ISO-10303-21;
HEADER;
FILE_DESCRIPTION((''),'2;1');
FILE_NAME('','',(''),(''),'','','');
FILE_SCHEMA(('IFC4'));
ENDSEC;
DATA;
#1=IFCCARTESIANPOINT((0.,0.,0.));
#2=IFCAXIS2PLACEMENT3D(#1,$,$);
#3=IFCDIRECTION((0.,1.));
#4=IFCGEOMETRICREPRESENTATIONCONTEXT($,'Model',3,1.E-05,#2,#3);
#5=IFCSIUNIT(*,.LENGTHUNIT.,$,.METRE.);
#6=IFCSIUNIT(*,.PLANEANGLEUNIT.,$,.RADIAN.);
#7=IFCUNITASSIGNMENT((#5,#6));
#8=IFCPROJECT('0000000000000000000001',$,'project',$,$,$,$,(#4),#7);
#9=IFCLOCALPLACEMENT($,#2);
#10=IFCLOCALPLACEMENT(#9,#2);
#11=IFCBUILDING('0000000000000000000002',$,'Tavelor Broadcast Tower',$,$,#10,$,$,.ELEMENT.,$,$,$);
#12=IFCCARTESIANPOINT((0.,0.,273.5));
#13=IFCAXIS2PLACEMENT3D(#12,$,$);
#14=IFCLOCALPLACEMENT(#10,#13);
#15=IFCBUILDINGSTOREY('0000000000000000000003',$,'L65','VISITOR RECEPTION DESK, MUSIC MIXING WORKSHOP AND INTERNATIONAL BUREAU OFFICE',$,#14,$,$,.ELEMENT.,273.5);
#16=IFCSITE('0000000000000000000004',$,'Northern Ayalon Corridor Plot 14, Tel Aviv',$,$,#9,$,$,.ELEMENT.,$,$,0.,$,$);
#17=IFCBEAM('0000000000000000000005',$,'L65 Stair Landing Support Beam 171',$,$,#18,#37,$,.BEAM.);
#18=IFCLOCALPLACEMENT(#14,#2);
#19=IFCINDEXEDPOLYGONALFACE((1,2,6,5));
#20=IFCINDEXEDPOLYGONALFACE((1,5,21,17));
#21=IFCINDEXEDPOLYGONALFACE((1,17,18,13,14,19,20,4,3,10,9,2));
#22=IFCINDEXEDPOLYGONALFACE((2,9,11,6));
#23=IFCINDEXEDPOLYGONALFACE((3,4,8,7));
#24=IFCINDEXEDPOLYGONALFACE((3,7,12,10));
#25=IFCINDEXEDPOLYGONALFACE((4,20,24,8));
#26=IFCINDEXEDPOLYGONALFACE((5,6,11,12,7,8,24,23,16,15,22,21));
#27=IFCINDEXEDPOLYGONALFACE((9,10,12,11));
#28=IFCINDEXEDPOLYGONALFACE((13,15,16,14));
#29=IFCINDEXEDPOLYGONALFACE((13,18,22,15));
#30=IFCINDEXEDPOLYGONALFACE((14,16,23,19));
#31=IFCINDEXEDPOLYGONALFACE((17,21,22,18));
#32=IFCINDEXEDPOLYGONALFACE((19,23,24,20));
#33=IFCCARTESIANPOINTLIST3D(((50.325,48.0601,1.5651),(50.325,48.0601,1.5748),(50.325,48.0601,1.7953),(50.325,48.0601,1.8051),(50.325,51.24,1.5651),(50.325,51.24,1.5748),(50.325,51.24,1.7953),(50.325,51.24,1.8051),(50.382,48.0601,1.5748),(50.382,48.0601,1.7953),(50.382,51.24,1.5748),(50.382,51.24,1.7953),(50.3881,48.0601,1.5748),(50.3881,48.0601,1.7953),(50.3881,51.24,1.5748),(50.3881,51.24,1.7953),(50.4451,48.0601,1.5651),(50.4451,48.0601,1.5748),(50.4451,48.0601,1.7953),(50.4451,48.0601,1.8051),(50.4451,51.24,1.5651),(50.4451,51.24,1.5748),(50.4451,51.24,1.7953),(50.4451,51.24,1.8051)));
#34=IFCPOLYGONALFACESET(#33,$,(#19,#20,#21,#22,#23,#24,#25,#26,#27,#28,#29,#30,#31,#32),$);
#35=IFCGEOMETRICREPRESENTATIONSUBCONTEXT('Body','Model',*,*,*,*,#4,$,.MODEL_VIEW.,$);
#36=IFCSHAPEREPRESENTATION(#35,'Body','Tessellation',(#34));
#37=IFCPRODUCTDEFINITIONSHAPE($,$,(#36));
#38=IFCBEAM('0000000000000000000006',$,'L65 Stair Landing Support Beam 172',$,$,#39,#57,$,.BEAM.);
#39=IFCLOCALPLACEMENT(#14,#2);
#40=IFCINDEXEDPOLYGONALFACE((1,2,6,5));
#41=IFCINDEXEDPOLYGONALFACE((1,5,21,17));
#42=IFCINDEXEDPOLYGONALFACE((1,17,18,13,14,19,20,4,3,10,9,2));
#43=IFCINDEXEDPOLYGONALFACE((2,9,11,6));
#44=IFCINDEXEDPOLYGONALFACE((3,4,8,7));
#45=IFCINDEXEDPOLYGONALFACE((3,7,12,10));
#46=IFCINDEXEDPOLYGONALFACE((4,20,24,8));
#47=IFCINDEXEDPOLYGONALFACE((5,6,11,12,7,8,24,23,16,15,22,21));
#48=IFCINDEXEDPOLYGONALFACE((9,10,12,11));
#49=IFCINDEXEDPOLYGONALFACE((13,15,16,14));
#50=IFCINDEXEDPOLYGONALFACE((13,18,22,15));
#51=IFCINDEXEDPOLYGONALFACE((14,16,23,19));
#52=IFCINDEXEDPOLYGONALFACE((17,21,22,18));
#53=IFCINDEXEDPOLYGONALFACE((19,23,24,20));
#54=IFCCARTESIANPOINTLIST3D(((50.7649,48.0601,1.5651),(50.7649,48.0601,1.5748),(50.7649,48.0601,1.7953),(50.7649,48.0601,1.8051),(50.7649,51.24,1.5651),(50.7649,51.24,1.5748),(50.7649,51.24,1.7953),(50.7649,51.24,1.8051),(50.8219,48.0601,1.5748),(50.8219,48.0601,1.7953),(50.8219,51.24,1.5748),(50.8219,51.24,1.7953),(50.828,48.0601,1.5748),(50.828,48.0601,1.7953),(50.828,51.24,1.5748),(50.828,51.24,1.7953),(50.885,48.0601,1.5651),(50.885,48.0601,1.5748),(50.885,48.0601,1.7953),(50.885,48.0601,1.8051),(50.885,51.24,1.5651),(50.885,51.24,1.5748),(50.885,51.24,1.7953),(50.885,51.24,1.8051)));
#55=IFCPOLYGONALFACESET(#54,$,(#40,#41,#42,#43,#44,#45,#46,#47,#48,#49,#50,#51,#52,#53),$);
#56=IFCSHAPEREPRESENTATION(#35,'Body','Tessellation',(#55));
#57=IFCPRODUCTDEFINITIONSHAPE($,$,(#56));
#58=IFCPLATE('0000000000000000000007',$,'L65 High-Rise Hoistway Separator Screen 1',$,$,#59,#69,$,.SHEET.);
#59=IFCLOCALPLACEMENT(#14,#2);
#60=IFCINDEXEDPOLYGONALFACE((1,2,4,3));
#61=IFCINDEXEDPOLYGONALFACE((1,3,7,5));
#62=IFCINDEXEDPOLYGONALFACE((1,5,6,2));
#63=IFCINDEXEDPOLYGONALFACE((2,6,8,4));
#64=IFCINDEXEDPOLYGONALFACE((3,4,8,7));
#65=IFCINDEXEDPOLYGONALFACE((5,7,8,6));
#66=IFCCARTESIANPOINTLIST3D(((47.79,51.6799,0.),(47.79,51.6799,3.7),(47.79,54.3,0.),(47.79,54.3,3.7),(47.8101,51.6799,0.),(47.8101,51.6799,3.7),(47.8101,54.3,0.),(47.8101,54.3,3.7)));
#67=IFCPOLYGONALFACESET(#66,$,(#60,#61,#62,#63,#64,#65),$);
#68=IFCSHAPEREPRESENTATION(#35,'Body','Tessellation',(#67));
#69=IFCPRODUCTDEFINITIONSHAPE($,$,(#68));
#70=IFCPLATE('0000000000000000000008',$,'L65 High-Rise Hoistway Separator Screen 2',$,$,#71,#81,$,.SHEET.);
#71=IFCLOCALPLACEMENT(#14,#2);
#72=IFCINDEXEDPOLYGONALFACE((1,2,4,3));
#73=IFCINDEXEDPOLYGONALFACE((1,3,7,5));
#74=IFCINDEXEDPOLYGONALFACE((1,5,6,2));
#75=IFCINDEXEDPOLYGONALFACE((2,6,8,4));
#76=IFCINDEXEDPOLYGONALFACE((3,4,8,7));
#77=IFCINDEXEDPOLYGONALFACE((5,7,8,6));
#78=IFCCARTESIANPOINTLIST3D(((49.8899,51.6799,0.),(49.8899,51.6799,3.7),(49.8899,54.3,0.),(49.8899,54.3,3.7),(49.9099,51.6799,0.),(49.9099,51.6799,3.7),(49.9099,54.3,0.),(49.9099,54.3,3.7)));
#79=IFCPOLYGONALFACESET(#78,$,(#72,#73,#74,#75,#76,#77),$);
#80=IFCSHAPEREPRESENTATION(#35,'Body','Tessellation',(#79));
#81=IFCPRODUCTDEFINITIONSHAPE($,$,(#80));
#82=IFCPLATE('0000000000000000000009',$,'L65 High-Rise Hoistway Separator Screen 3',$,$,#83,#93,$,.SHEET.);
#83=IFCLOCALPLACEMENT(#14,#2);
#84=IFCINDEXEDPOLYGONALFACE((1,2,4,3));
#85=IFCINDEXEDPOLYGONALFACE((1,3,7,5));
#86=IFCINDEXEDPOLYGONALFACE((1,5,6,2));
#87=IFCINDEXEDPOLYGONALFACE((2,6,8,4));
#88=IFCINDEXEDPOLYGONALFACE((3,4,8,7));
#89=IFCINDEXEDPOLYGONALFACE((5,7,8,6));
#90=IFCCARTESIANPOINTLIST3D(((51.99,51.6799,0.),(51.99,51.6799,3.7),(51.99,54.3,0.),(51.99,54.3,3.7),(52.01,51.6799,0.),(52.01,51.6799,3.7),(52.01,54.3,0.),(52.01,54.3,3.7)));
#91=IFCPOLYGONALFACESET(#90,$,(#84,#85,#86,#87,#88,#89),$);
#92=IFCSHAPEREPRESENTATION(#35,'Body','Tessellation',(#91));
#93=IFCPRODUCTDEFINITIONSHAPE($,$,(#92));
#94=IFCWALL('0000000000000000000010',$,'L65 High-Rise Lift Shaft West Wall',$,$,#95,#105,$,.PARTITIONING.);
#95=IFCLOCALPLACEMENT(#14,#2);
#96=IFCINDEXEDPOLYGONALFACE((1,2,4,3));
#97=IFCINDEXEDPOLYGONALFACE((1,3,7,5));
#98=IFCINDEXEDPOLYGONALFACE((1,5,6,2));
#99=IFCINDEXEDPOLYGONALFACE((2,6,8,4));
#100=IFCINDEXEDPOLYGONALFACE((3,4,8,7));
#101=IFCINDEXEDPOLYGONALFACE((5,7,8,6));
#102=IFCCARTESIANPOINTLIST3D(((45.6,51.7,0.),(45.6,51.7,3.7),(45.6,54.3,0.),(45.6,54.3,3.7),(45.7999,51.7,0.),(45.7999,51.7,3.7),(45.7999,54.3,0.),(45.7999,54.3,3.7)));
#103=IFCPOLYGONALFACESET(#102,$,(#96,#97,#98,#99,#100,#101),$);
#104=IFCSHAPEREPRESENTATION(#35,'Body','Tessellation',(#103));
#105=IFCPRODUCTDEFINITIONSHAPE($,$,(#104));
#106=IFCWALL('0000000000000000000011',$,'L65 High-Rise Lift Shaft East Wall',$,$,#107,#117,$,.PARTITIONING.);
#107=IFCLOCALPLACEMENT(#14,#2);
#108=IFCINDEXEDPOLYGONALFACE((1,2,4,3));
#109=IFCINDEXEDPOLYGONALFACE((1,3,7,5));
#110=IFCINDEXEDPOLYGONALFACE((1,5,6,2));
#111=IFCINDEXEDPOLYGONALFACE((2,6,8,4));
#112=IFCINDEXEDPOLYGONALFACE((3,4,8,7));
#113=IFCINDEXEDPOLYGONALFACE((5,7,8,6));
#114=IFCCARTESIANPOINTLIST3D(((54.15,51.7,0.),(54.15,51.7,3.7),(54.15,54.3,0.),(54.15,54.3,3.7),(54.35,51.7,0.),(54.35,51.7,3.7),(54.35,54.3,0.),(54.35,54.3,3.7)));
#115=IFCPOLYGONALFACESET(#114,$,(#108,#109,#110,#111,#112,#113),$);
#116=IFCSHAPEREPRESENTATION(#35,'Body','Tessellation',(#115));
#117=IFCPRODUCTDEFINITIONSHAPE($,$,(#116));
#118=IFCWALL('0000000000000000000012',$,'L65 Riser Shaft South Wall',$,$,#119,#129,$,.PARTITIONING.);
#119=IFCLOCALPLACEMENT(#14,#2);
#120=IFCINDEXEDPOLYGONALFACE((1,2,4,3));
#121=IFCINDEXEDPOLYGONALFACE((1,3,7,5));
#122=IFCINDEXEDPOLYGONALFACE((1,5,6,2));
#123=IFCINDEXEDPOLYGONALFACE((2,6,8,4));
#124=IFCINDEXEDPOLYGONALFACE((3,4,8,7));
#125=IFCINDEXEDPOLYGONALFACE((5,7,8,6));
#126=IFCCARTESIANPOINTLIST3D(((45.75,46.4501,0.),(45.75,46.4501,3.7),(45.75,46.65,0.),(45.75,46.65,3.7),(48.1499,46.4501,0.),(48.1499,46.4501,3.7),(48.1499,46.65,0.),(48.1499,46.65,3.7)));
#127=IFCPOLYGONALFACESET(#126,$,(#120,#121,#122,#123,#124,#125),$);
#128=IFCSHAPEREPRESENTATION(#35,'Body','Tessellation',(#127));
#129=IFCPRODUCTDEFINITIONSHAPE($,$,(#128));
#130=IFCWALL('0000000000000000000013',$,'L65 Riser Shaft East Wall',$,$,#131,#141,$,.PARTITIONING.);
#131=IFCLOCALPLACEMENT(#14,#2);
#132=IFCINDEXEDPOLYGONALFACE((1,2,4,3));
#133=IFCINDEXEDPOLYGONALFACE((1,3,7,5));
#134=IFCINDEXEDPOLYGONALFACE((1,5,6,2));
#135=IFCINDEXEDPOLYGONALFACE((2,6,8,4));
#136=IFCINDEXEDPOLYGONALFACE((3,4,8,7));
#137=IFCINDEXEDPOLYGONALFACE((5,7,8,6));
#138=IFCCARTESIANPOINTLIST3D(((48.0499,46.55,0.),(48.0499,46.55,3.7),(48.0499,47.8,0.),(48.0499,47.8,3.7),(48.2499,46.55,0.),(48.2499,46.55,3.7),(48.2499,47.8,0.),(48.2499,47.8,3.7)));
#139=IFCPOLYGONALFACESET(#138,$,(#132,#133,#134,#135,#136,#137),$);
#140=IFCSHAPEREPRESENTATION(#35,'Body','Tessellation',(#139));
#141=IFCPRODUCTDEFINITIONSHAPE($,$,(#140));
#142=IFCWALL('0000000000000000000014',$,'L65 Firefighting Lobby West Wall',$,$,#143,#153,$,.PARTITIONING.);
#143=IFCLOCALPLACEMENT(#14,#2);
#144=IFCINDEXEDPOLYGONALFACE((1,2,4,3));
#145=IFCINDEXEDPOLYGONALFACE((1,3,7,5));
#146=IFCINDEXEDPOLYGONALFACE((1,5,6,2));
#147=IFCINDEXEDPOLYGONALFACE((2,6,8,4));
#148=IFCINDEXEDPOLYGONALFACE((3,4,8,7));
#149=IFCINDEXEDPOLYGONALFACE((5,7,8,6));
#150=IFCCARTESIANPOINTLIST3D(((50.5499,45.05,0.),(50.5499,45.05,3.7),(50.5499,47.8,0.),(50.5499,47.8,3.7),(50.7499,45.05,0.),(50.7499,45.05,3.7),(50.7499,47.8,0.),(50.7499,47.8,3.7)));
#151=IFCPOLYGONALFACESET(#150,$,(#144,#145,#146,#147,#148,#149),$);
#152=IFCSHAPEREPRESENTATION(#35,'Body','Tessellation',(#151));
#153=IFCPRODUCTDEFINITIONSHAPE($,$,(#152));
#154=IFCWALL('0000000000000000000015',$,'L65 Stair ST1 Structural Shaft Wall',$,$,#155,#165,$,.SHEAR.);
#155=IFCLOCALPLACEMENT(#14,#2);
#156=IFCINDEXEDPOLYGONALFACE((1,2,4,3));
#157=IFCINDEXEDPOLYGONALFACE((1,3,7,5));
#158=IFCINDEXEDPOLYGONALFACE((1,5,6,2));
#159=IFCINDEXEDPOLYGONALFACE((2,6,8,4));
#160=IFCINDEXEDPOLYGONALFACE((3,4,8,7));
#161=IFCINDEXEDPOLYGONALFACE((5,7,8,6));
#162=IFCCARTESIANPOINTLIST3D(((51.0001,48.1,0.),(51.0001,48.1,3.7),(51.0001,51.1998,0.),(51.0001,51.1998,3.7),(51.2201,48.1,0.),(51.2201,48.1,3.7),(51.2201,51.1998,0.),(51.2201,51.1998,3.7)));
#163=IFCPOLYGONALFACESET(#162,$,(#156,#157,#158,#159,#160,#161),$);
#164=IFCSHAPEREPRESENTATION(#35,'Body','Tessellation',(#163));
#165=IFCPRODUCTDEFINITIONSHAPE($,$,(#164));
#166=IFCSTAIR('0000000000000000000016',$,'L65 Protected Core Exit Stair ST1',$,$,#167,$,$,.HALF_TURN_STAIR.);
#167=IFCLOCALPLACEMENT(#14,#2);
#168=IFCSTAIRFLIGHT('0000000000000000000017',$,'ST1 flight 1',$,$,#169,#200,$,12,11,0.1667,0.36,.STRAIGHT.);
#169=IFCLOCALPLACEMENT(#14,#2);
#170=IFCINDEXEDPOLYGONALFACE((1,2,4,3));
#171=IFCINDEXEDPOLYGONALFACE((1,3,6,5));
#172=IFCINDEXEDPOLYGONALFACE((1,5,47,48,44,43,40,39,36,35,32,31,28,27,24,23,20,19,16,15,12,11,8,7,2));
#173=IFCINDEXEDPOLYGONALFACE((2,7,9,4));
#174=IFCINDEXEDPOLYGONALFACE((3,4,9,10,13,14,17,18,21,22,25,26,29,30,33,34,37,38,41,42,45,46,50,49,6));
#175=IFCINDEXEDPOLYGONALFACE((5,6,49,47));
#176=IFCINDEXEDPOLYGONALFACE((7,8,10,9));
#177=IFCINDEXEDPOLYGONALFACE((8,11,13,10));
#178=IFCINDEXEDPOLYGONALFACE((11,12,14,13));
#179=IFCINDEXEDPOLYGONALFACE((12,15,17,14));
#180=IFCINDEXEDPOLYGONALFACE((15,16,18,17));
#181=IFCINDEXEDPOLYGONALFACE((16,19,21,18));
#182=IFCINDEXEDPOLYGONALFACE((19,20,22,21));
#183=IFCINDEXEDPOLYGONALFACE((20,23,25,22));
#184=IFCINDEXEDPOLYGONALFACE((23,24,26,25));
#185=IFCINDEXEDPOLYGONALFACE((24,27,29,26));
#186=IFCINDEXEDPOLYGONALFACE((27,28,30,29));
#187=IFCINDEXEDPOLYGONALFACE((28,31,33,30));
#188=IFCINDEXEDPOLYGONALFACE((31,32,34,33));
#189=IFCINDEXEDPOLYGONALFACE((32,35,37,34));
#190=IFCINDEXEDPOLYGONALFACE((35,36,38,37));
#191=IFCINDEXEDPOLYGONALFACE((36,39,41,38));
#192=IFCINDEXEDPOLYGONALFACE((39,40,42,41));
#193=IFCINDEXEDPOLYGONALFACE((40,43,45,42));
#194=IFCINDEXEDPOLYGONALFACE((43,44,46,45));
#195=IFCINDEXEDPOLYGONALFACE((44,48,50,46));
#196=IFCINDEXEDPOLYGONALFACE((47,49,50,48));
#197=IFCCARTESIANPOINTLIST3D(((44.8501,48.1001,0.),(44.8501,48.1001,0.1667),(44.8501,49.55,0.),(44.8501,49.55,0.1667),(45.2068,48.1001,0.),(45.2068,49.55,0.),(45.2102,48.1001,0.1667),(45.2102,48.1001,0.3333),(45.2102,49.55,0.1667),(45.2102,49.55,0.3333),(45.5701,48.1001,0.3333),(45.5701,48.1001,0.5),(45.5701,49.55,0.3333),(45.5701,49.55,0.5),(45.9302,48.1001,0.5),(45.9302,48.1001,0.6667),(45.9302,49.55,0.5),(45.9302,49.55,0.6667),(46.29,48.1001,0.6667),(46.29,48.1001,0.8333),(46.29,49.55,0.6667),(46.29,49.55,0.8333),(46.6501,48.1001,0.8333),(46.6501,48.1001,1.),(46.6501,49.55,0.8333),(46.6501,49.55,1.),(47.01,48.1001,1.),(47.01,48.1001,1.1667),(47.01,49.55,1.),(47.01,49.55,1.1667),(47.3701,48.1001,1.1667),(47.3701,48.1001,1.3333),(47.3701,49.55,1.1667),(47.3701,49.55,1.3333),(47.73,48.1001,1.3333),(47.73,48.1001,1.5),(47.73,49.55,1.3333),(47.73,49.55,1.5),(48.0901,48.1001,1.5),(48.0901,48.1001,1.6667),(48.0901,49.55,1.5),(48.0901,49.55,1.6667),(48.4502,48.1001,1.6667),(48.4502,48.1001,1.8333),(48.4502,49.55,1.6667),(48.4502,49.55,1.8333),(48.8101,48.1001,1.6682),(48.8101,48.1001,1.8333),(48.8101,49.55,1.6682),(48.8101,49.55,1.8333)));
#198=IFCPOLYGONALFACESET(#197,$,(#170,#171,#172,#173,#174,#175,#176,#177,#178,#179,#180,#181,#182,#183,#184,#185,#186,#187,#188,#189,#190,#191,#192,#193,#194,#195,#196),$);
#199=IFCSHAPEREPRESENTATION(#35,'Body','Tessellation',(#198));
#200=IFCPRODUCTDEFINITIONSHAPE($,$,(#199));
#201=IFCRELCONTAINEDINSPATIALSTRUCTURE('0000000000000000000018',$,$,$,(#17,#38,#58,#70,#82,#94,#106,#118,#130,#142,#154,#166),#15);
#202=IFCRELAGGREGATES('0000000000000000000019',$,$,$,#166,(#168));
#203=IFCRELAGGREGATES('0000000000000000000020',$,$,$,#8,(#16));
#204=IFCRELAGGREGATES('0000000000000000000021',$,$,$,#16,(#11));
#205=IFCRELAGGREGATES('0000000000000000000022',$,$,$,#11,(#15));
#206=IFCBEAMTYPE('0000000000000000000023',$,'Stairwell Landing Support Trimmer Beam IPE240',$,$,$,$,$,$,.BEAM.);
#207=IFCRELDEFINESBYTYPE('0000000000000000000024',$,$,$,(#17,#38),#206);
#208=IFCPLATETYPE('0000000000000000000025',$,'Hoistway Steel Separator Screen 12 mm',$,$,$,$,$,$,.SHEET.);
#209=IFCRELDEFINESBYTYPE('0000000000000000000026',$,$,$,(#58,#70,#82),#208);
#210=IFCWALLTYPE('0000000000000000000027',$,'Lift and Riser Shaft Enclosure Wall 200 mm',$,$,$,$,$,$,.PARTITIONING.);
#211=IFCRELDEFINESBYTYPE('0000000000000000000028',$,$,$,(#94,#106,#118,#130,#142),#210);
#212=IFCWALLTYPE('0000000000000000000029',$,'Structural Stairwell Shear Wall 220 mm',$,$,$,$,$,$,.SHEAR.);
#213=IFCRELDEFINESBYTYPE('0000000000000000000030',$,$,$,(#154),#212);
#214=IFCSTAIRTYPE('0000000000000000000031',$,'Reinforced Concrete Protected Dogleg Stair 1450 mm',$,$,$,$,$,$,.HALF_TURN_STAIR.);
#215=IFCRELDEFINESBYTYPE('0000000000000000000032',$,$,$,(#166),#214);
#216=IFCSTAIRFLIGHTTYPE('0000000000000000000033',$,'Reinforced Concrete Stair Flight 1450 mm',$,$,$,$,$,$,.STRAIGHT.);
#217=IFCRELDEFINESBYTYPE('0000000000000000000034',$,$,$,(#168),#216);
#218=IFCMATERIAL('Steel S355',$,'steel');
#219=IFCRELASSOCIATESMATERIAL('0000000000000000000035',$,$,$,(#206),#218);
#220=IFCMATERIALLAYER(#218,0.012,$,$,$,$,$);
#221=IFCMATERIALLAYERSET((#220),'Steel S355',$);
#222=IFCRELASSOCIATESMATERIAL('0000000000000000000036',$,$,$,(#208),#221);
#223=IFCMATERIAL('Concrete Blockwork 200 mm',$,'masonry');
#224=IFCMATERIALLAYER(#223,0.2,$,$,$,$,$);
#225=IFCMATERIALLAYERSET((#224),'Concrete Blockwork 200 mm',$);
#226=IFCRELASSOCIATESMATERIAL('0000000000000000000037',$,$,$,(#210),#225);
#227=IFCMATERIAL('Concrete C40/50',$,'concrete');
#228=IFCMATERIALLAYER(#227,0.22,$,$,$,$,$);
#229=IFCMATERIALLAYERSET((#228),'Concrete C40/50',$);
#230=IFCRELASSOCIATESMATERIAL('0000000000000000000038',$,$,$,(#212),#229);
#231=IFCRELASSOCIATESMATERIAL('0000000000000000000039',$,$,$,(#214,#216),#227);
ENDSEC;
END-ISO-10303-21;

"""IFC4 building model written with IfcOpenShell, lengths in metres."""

from ifc_helpers import new_model, si_unit, direction, frame, frame_2d, origin, origin_2d, place, context, subcontext, project, spatial, polyline, rectangle, i_section, outline, extrude, source, transform, mapped, material, layer, layer_set, material_profile, profile_set, type_object, type_shapes, element, aggregate, save


model = new_model("IFC4")

# Units and contexts
model_context = context("Model", 3, precision=1e-05, world=origin(), true_north=direction((0.0, 1.0)))
body_context = subcontext(model_context, "Body", "Model", "MODEL_VIEW")
ifc_project = project(units=[si_unit("LENGTHUNIT", "METRE"), si_unit("PLANEANGLEUNIT", "RADIAN")], contexts=[model_context])

# Site, building, storey
site_placement = place(None, origin())
site = spatial("IfcSite", under=ifc_project, at=site_placement, Name="Northern Ayalon Corridor Plot 14, Tel Aviv", CompositionType="ELEMENT", RefElevation=0.0)
building_placement = place(site_placement, origin())
building = spatial("IfcBuilding", under=site, at=building_placement, Name="Tavelor Broadcast Tower", CompositionType="ELEMENT")
storey_placement = place(building_placement, frame((0.0, 0.0, 273.5)))
storey = spatial("IfcBuildingStorey", under=building, at=storey_placement, Name="L65", Description="VISITOR RECEPTION DESK, MUSIC MIXING WORKSHOP AND INTERNATIONAL BUREAU OFFICE", CompositionType="ELEMENT", Elevation=273.5)

# Beams
ifc_material_1 = material(Name="Steel S355", Category="steel")
ifc_material_profile = material_profile(ifc_material_1, i_section(OverallWidth=0.1201, OverallDepth=0.24, WebThickness=0.0061, FlangeThickness=0.0098, at=origin_2d()), Name="IPE 240")
ifc_profile_set = profile_set([ifc_material_profile], Name="Steel S355")
beam_type = type_object("IfcBeamType", Name="Stairwell Landing Support Trimmer Beam IPE240", PredefinedType="BEAM", material=ifc_profile_set)
for number, where, z_axis, x_axis, name in (
    (1, (50.385, 48.0601, 1.6851), (0.0, 1.0, 0.0), (-1.0, 0.0, 0.0), "L65 Stair Landing Support Beam 171"),
    (2, (50.825, 48.0601, 1.6851), (0.0, 1.0, 0.0), (-1.0, 0.0, 0.0), "L65 Stair Landing Support Beam 172"),
):
    element("IfcBeam", number, at=place(storey_placement, frame(where, z_axis=z_axis, x_axis=x_axis)), inside=storey, type_object=beam_type, Name=name, PredefinedType="BEAM", context=body_context, shape_type="SweptSolid", body=[
        extrude(i_section(OverallWidth=0.1201, OverallDepth=0.24, WebThickness=0.0061, FlangeThickness=0.0098, at=origin_2d()), origin(), (0.0, 0.0, 1.0), 3.1799),
    ])

# Plates
ifc_layer_1 = layer(ifc_material_1, 0.012)
ifc_layer_set_1 = layer_set([ifc_layer_1], Name="Steel S355")
plate_type = type_object("IfcPlateType", Name="Hoistway Steel Separator Screen 12 mm", PredefinedType="SHEET", material=ifc_layer_set_1)
shared_shape = source(origin(), body_context, "Body", "SweptSolid", [
    extrude(rectangle(XDim=0.02, YDim=2.6201, at=origin_2d()), origin(), (0.0, 0.0, 1.0), 3.7),
])
type_shapes(plate_type, [shared_shape])
for number, where, z_axis, x_axis, name in (
    (3, (47.8, 52.99, 0.0), (0.0, 0.0, 1.0), (1.0, 0.0, 0.0), "L65 High-Rise Hoistway Separator Screen 1"),
    (4, (49.8999, 52.99, 0.0), (0.0, 0.0, 1.0), (1.0, 0.0, 0.0), "L65 High-Rise Hoistway Separator Screen 2"),
    (5, (52.0, 52.99, 0.0), (0.0, 0.0, 1.0), (1.0, 0.0, 0.0), "L65 High-Rise Hoistway Separator Screen 3"),
):
    element("IfcPlate", number, at=place(storey_placement, frame(where, z_axis=z_axis, x_axis=x_axis)), inside=storey, type_object=plate_type, Name=name, PredefinedType="SHEET", context=body_context, shape_type="MappedRepresentation", body=[
        mapped(shared_shape, transform((0.0, 0.0, 0.0), scale=1.0)),
    ])

# Walls
ifc_material_2 = material(Name="Concrete Blockwork 200 mm", Category="masonry")
ifc_layer_2 = layer(ifc_material_2, 0.2)
ifc_layer_set_2 = layer_set([ifc_layer_2], Name="Concrete Blockwork 200 mm")
wall_type_1 = type_object("IfcWallType", Name="Lift and Riser Shaft Enclosure Wall 200 mm", PredefinedType="PARTITIONING", material=ifc_layer_set_2)
for number, where, z_axis, x_axis, name in (
    (6, (45.7, 51.7, 0.0), (0.0, 0.0, 1.0), (0.0, 1.0, 0.0), "L65 High-Rise Lift Shaft West Wall"),
    (7, (54.25, 51.7, 0.0), (0.0, 0.0, 1.0), (0.0, 1.0, 0.0), "L65 High-Rise Lift Shaft East Wall"),
):
    element("IfcWall", number, at=place(storey_placement, frame(where, z_axis=z_axis, x_axis=x_axis)), inside=storey, type_object=wall_type_1, Name=name, PredefinedType="PARTITIONING", context=body_context, shape_type="SweptSolid", body=[
        extrude(rectangle(XDim=2.6001, YDim=0.2, at=frame_2d((1.3, 0.0))), origin(), (0.0, 0.0, 1.0), 3.7),
    ])
wall_1_placement = place(storey_placement, frame((45.75, 46.55, 0.0), z_axis=(0.0, 0.0, 1.0), x_axis=(1.0, 0.0, 0.0)))
element("IfcWall", 8, at=wall_1_placement, inside=storey, type_object=wall_type_1, Name="L65 Riser Shaft South Wall", PredefinedType="PARTITIONING", context=body_context, shape_type="SweptSolid", body=[
    extrude(rectangle(XDim=2.3999, YDim=0.2, at=frame_2d((1.2, 0.0))), origin(), (0.0, 0.0, 1.0), 3.7),
])
wall_2_placement = place(storey_placement, frame((48.1499, 46.55, 0.0), z_axis=(0.0, 0.0, 1.0), x_axis=(0.0, 1.0, 0.0)))
element("IfcWall", 9, at=wall_2_placement, inside=storey, type_object=wall_type_1, Name="L65 Riser Shaft East Wall", PredefinedType="PARTITIONING", context=body_context, shape_type="SweptSolid", body=[
    extrude(rectangle(XDim=1.25, YDim=0.2, at=frame_2d((0.625, 0.0))), origin(), (0.0, 0.0, 1.0), 3.7),
])
wall_3_placement = place(storey_placement, frame((50.6499, 45.05, 0.0), z_axis=(0.0, 0.0, 1.0), x_axis=(0.0, 1.0, 0.0)))
element("IfcWall", 10, at=wall_3_placement, inside=storey, type_object=wall_type_1, Name="L65 Firefighting Lobby West Wall", PredefinedType="PARTITIONING", context=body_context, shape_type="SweptSolid", body=[
    extrude(rectangle(XDim=2.75, YDim=0.2, at=frame_2d((1.375, 0.0))), origin(), (0.0, 0.0, 1.0), 3.7),
])
ifc_material_3 = material(Name="Concrete C40/50", Category="concrete")
ifc_layer_3 = layer(ifc_material_3, 0.22)
ifc_layer_set_3 = layer_set([ifc_layer_3], Name="Concrete C40/50")
wall_type_2 = type_object("IfcWallType", Name="Structural Stairwell Shear Wall 220 mm", PredefinedType="SHEAR", material=ifc_layer_set_3)
wall_4_placement = place(storey_placement, frame((51.1101, 48.1001, 0.0), z_axis=(0.0, 0.0, 1.0), x_axis=(0.0, 1.0, 0.0)))
element("IfcWall", 11, at=wall_4_placement, inside=storey, type_object=wall_type_2, Name="L65 Stair ST1 Structural Shaft Wall", PredefinedType="SHEAR", context=body_context, shape_type="SweptSolid", body=[
    extrude(rectangle(XDim=3.0999, YDim=0.22, at=frame_2d((1.5498, 0.0))), origin(), (0.0, 0.0, 1.0), 3.7),
])

# Stair, stair flight
stair_type = type_object("IfcStairType", Name="Reinforced Concrete Protected Dogleg Stair 1450 mm", PredefinedType="HALF_TURN_STAIR", material=ifc_material_3)
stair_placement = place(storey_placement, origin())
stair = element("IfcStair", 12, at=stair_placement, inside=storey, type_object=stair_type, Name="L65 Protected Core Exit Stair ST1", PredefinedType="HALF_TURN_STAIR")
stair_flight_type = type_object("IfcStairFlightType", Name="Reinforced Concrete Stair Flight 1450 mm", PredefinedType="STRAIGHT", material=ifc_material_3)
stair_flight_1_placement = place(storey_placement, frame((44.8501, 48.825, 0.0), z_axis=(0.0, 0.0, 1.0), x_axis=(1.0, 0.0, 0.0)))
stair_flight_1 = element("IfcStairFlight", 13, at=stair_flight_1_placement, type_object=stair_flight_type, Name="ST1 flight 1", NumberOfRisers=12, NumberOfTreads=11, PredefinedType="STRAIGHT", RiserHeight=0.1667, TreadLength=0.36, context=body_context, shape_type="SweptSolid", body=[
    extrude(outline(polyline([(0.0, 0.0), (0.0, 0.1667), (0.3601, 0.1667), (0.3601, 0.3333), (0.72, 0.3333), (0.72, 0.5), (1.0801, 0.5), (1.0801, 0.6667), (1.4399, 0.6667), (1.4399, 0.8333), (1.8, 0.8333), (1.8, 1.0), (2.1599, 1.0), (2.1599, 1.1667), (2.52, 1.1667), (2.52, 1.3333), (2.8799, 1.3333), (2.8799, 1.5), (3.24, 1.5), (3.24, 1.6667), (3.6001, 1.6667), (3.6001, 1.8333), (3.96, 1.8333), (3.96, 2.0), (3.96, 1.6682), (0.3567, 0.0), (0.0, 0.0)])), frame((0.0, 0.7251, 0.0), z_axis=(0.0, -1.0, 0.0), x_axis=(1.0, 0.0, 0.0)), (0.0, 0.0, 1.0), 1.45),
])
aggregate(stair, [stair_flight_1])

save(model, "model.ifc")
